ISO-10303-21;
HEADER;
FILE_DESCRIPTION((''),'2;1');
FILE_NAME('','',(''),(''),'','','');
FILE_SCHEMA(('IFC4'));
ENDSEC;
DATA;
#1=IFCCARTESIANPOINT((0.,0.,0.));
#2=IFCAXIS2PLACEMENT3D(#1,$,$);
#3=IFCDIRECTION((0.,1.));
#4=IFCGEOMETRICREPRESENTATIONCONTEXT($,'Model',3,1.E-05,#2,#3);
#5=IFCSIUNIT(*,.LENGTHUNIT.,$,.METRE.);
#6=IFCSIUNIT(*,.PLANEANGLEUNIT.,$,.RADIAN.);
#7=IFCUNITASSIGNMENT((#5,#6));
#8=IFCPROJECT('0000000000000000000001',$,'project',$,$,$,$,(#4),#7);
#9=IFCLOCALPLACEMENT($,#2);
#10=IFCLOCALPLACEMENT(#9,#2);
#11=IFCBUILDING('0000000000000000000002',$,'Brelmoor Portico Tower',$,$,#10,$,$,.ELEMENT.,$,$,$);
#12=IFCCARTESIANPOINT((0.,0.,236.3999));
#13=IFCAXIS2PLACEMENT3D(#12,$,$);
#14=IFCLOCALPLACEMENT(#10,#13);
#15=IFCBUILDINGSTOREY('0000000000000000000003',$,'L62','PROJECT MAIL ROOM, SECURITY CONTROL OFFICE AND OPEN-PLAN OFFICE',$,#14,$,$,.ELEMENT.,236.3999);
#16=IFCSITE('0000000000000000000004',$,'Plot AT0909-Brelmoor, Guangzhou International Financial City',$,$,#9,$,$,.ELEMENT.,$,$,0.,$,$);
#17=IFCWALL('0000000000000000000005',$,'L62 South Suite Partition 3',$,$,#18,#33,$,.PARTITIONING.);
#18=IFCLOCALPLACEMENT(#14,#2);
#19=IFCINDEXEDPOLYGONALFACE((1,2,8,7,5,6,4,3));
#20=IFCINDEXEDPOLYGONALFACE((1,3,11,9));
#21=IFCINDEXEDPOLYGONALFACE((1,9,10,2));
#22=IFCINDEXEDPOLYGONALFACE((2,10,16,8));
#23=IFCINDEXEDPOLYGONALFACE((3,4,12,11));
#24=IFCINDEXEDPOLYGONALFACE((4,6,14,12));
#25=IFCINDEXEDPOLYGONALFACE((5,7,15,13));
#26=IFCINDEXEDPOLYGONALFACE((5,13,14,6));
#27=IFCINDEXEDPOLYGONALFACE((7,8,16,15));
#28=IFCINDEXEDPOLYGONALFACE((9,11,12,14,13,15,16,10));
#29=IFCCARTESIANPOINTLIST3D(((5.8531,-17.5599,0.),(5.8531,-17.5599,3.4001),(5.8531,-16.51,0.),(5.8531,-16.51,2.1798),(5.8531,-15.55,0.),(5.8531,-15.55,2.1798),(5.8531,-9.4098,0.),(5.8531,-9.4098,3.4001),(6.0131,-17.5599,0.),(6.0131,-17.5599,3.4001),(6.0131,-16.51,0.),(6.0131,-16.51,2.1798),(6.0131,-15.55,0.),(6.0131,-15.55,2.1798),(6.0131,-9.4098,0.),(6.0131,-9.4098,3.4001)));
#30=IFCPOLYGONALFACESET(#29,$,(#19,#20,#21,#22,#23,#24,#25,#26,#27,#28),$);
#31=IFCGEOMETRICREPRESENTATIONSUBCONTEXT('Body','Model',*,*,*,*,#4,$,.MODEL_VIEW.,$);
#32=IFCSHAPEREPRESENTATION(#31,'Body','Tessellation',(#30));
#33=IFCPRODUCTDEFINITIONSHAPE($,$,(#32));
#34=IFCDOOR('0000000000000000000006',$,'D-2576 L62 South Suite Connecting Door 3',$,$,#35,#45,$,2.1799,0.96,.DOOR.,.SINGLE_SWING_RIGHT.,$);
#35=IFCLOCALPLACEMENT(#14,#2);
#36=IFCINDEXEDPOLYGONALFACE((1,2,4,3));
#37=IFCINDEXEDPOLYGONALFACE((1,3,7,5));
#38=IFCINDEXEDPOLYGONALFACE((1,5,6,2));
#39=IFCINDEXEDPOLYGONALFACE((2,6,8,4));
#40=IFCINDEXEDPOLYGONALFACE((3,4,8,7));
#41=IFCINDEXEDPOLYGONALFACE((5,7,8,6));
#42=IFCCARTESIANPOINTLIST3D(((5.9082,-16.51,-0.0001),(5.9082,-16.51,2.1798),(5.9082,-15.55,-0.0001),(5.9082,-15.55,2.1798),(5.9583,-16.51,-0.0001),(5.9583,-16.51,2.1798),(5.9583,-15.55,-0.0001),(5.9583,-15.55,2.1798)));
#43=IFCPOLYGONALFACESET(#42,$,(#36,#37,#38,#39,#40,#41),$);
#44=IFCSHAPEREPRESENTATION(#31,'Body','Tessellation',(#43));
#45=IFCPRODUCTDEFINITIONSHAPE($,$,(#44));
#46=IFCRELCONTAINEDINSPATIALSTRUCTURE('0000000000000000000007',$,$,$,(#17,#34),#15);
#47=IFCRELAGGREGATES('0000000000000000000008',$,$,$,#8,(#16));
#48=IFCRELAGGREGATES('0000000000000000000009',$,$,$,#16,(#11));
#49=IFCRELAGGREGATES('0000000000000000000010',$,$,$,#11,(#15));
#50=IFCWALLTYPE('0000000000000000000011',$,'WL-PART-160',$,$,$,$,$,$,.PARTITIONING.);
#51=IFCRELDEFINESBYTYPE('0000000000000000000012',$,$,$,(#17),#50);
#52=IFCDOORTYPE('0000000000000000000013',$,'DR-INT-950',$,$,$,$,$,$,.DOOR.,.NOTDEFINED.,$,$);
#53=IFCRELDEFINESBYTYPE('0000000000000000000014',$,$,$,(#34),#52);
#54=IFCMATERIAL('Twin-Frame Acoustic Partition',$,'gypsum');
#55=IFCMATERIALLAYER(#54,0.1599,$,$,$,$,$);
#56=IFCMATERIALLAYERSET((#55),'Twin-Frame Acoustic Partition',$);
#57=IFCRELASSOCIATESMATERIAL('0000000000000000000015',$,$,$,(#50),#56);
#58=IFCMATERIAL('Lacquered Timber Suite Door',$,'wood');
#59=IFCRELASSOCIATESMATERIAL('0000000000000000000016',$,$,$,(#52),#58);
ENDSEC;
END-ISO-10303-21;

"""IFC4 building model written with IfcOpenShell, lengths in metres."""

from ifc_helpers import new_model, si_unit, direction, frame, frame_2d, origin, place, context, subcontext, project, spatial, rectangle, extrude, material, layer, layer_set, type_object, element, fill, save


model = new_model("IFC4")

# Units and contexts
model_context = context("Model", 3, precision=1e-05, world=origin(), true_north=direction((0.0, 1.0)))
body_context = subcontext(model_context, "Body", "Model", "MODEL_VIEW")
ifc_project = project(units=[si_unit("LENGTHUNIT", "METRE"), si_unit("PLANEANGLEUNIT", "RADIAN")], contexts=[model_context])

# Site, building, storey
site_placement = place(None, origin())
site = spatial("IfcSite", under=ifc_project, at=site_placement, Name="Plot AT0909-Brelmoor, Guangzhou International Financial City", CompositionType="ELEMENT", RefElevation=0.0)
building_placement = place(site_placement, origin())
building = spatial("IfcBuilding", under=site, at=building_placement, Name="Brelmoor Portico Tower", CompositionType="ELEMENT")
storey_placement = place(building_placement, frame((0.0, 0.0, 236.3999)))
storey = spatial("IfcBuildingStorey", under=building, at=storey_placement, Name="L62", Description="PROJECT MAIL ROOM, SECURITY CONTROL OFFICE AND OPEN-PLAN OFFICE", CompositionType="ELEMENT", Elevation=236.3999)

# Wall, opening, door
ifc_material_1 = material(Name="Twin-Frame Acoustic Partition", Category="gypsum")
ifc_layer_1 = layer(ifc_material_1, 0.1599)
ifc_layer_set_1 = layer_set([ifc_layer_1], Name="Twin-Frame Acoustic Partition")
wall_type = type_object("IfcWallType", Name="WL-PART-160", PredefinedType="PARTITIONING", material=ifc_layer_set_1)
ifc_material_2 = material(Name="Lacquered Timber Suite Door", Category="wood")
door_type = type_object("IfcDoorType", Name="DR-INT-950", OperationType="NOTDEFINED", PredefinedType="DOOR", material=ifc_material_2)
wall_1_placement = place(storey_placement, frame((5.9331, -17.5601, 0.0), z_axis=(0.0, 0.0, 1.0), x_axis=(0.0, 1.0, 0.0)))
wall_1 = element("IfcWall", 1, at=wall_1_placement, inside=storey, type_object=wall_type, Name="L62 South Suite Partition 3", PredefinedType="PARTITIONING", context=body_context, shape_type="SweptSolid", body=[
    extrude(rectangle(XDim=8.1501, YDim=0.1599, at=frame_2d((4.0752, 0.0))), origin(), (0.0, 0.0, 1.0), 3.4001),
])
opening_1_placement = place(wall_1_placement, frame((1.05, 0.0, 0.0)))
opening_1 = element("IfcOpeningElement", 2, at=opening_1_placement, cuts=wall_1, PredefinedType="OPENING", context=body_context, shape_type="SweptSolid", body=[
    extrude(rectangle(XDim=0.96, YDim=2.1799, at=frame_2d((0.48, 1.0898))), frame((0.0, 0.0898, 0.0), z_axis=(0.0, -1.0, 0.0), x_axis=(1.0, 0.0, 0.0)), (0.0, 0.0, 1.0), 0.1799),
])
door_1_placement = place(opening_1_placement, origin())
door_1 = element("IfcDoor", 3, at=door_1_placement, inside=storey, type_object=door_type, Name="D-2576 L62 South Suite Connecting Door 3", OperationType="SINGLE_SWING_RIGHT", OverallHeight=2.1799, OverallWidth=0.96, PredefinedType="DOOR", context=body_context, shape_type="SweptSolid", body=[
    extrude(rectangle(XDim=0.96, YDim=2.1799, at=frame_2d((0.48, 1.0898))), frame((0.0, 0.0249, 0.0), z_axis=(0.0, -1.0, 0.0), x_axis=(1.0, 0.0, 0.0)), (0.0, 0.0, 1.0), 0.05),
])
fill(opening_1, door_1)

save(model, "model.ifc")
